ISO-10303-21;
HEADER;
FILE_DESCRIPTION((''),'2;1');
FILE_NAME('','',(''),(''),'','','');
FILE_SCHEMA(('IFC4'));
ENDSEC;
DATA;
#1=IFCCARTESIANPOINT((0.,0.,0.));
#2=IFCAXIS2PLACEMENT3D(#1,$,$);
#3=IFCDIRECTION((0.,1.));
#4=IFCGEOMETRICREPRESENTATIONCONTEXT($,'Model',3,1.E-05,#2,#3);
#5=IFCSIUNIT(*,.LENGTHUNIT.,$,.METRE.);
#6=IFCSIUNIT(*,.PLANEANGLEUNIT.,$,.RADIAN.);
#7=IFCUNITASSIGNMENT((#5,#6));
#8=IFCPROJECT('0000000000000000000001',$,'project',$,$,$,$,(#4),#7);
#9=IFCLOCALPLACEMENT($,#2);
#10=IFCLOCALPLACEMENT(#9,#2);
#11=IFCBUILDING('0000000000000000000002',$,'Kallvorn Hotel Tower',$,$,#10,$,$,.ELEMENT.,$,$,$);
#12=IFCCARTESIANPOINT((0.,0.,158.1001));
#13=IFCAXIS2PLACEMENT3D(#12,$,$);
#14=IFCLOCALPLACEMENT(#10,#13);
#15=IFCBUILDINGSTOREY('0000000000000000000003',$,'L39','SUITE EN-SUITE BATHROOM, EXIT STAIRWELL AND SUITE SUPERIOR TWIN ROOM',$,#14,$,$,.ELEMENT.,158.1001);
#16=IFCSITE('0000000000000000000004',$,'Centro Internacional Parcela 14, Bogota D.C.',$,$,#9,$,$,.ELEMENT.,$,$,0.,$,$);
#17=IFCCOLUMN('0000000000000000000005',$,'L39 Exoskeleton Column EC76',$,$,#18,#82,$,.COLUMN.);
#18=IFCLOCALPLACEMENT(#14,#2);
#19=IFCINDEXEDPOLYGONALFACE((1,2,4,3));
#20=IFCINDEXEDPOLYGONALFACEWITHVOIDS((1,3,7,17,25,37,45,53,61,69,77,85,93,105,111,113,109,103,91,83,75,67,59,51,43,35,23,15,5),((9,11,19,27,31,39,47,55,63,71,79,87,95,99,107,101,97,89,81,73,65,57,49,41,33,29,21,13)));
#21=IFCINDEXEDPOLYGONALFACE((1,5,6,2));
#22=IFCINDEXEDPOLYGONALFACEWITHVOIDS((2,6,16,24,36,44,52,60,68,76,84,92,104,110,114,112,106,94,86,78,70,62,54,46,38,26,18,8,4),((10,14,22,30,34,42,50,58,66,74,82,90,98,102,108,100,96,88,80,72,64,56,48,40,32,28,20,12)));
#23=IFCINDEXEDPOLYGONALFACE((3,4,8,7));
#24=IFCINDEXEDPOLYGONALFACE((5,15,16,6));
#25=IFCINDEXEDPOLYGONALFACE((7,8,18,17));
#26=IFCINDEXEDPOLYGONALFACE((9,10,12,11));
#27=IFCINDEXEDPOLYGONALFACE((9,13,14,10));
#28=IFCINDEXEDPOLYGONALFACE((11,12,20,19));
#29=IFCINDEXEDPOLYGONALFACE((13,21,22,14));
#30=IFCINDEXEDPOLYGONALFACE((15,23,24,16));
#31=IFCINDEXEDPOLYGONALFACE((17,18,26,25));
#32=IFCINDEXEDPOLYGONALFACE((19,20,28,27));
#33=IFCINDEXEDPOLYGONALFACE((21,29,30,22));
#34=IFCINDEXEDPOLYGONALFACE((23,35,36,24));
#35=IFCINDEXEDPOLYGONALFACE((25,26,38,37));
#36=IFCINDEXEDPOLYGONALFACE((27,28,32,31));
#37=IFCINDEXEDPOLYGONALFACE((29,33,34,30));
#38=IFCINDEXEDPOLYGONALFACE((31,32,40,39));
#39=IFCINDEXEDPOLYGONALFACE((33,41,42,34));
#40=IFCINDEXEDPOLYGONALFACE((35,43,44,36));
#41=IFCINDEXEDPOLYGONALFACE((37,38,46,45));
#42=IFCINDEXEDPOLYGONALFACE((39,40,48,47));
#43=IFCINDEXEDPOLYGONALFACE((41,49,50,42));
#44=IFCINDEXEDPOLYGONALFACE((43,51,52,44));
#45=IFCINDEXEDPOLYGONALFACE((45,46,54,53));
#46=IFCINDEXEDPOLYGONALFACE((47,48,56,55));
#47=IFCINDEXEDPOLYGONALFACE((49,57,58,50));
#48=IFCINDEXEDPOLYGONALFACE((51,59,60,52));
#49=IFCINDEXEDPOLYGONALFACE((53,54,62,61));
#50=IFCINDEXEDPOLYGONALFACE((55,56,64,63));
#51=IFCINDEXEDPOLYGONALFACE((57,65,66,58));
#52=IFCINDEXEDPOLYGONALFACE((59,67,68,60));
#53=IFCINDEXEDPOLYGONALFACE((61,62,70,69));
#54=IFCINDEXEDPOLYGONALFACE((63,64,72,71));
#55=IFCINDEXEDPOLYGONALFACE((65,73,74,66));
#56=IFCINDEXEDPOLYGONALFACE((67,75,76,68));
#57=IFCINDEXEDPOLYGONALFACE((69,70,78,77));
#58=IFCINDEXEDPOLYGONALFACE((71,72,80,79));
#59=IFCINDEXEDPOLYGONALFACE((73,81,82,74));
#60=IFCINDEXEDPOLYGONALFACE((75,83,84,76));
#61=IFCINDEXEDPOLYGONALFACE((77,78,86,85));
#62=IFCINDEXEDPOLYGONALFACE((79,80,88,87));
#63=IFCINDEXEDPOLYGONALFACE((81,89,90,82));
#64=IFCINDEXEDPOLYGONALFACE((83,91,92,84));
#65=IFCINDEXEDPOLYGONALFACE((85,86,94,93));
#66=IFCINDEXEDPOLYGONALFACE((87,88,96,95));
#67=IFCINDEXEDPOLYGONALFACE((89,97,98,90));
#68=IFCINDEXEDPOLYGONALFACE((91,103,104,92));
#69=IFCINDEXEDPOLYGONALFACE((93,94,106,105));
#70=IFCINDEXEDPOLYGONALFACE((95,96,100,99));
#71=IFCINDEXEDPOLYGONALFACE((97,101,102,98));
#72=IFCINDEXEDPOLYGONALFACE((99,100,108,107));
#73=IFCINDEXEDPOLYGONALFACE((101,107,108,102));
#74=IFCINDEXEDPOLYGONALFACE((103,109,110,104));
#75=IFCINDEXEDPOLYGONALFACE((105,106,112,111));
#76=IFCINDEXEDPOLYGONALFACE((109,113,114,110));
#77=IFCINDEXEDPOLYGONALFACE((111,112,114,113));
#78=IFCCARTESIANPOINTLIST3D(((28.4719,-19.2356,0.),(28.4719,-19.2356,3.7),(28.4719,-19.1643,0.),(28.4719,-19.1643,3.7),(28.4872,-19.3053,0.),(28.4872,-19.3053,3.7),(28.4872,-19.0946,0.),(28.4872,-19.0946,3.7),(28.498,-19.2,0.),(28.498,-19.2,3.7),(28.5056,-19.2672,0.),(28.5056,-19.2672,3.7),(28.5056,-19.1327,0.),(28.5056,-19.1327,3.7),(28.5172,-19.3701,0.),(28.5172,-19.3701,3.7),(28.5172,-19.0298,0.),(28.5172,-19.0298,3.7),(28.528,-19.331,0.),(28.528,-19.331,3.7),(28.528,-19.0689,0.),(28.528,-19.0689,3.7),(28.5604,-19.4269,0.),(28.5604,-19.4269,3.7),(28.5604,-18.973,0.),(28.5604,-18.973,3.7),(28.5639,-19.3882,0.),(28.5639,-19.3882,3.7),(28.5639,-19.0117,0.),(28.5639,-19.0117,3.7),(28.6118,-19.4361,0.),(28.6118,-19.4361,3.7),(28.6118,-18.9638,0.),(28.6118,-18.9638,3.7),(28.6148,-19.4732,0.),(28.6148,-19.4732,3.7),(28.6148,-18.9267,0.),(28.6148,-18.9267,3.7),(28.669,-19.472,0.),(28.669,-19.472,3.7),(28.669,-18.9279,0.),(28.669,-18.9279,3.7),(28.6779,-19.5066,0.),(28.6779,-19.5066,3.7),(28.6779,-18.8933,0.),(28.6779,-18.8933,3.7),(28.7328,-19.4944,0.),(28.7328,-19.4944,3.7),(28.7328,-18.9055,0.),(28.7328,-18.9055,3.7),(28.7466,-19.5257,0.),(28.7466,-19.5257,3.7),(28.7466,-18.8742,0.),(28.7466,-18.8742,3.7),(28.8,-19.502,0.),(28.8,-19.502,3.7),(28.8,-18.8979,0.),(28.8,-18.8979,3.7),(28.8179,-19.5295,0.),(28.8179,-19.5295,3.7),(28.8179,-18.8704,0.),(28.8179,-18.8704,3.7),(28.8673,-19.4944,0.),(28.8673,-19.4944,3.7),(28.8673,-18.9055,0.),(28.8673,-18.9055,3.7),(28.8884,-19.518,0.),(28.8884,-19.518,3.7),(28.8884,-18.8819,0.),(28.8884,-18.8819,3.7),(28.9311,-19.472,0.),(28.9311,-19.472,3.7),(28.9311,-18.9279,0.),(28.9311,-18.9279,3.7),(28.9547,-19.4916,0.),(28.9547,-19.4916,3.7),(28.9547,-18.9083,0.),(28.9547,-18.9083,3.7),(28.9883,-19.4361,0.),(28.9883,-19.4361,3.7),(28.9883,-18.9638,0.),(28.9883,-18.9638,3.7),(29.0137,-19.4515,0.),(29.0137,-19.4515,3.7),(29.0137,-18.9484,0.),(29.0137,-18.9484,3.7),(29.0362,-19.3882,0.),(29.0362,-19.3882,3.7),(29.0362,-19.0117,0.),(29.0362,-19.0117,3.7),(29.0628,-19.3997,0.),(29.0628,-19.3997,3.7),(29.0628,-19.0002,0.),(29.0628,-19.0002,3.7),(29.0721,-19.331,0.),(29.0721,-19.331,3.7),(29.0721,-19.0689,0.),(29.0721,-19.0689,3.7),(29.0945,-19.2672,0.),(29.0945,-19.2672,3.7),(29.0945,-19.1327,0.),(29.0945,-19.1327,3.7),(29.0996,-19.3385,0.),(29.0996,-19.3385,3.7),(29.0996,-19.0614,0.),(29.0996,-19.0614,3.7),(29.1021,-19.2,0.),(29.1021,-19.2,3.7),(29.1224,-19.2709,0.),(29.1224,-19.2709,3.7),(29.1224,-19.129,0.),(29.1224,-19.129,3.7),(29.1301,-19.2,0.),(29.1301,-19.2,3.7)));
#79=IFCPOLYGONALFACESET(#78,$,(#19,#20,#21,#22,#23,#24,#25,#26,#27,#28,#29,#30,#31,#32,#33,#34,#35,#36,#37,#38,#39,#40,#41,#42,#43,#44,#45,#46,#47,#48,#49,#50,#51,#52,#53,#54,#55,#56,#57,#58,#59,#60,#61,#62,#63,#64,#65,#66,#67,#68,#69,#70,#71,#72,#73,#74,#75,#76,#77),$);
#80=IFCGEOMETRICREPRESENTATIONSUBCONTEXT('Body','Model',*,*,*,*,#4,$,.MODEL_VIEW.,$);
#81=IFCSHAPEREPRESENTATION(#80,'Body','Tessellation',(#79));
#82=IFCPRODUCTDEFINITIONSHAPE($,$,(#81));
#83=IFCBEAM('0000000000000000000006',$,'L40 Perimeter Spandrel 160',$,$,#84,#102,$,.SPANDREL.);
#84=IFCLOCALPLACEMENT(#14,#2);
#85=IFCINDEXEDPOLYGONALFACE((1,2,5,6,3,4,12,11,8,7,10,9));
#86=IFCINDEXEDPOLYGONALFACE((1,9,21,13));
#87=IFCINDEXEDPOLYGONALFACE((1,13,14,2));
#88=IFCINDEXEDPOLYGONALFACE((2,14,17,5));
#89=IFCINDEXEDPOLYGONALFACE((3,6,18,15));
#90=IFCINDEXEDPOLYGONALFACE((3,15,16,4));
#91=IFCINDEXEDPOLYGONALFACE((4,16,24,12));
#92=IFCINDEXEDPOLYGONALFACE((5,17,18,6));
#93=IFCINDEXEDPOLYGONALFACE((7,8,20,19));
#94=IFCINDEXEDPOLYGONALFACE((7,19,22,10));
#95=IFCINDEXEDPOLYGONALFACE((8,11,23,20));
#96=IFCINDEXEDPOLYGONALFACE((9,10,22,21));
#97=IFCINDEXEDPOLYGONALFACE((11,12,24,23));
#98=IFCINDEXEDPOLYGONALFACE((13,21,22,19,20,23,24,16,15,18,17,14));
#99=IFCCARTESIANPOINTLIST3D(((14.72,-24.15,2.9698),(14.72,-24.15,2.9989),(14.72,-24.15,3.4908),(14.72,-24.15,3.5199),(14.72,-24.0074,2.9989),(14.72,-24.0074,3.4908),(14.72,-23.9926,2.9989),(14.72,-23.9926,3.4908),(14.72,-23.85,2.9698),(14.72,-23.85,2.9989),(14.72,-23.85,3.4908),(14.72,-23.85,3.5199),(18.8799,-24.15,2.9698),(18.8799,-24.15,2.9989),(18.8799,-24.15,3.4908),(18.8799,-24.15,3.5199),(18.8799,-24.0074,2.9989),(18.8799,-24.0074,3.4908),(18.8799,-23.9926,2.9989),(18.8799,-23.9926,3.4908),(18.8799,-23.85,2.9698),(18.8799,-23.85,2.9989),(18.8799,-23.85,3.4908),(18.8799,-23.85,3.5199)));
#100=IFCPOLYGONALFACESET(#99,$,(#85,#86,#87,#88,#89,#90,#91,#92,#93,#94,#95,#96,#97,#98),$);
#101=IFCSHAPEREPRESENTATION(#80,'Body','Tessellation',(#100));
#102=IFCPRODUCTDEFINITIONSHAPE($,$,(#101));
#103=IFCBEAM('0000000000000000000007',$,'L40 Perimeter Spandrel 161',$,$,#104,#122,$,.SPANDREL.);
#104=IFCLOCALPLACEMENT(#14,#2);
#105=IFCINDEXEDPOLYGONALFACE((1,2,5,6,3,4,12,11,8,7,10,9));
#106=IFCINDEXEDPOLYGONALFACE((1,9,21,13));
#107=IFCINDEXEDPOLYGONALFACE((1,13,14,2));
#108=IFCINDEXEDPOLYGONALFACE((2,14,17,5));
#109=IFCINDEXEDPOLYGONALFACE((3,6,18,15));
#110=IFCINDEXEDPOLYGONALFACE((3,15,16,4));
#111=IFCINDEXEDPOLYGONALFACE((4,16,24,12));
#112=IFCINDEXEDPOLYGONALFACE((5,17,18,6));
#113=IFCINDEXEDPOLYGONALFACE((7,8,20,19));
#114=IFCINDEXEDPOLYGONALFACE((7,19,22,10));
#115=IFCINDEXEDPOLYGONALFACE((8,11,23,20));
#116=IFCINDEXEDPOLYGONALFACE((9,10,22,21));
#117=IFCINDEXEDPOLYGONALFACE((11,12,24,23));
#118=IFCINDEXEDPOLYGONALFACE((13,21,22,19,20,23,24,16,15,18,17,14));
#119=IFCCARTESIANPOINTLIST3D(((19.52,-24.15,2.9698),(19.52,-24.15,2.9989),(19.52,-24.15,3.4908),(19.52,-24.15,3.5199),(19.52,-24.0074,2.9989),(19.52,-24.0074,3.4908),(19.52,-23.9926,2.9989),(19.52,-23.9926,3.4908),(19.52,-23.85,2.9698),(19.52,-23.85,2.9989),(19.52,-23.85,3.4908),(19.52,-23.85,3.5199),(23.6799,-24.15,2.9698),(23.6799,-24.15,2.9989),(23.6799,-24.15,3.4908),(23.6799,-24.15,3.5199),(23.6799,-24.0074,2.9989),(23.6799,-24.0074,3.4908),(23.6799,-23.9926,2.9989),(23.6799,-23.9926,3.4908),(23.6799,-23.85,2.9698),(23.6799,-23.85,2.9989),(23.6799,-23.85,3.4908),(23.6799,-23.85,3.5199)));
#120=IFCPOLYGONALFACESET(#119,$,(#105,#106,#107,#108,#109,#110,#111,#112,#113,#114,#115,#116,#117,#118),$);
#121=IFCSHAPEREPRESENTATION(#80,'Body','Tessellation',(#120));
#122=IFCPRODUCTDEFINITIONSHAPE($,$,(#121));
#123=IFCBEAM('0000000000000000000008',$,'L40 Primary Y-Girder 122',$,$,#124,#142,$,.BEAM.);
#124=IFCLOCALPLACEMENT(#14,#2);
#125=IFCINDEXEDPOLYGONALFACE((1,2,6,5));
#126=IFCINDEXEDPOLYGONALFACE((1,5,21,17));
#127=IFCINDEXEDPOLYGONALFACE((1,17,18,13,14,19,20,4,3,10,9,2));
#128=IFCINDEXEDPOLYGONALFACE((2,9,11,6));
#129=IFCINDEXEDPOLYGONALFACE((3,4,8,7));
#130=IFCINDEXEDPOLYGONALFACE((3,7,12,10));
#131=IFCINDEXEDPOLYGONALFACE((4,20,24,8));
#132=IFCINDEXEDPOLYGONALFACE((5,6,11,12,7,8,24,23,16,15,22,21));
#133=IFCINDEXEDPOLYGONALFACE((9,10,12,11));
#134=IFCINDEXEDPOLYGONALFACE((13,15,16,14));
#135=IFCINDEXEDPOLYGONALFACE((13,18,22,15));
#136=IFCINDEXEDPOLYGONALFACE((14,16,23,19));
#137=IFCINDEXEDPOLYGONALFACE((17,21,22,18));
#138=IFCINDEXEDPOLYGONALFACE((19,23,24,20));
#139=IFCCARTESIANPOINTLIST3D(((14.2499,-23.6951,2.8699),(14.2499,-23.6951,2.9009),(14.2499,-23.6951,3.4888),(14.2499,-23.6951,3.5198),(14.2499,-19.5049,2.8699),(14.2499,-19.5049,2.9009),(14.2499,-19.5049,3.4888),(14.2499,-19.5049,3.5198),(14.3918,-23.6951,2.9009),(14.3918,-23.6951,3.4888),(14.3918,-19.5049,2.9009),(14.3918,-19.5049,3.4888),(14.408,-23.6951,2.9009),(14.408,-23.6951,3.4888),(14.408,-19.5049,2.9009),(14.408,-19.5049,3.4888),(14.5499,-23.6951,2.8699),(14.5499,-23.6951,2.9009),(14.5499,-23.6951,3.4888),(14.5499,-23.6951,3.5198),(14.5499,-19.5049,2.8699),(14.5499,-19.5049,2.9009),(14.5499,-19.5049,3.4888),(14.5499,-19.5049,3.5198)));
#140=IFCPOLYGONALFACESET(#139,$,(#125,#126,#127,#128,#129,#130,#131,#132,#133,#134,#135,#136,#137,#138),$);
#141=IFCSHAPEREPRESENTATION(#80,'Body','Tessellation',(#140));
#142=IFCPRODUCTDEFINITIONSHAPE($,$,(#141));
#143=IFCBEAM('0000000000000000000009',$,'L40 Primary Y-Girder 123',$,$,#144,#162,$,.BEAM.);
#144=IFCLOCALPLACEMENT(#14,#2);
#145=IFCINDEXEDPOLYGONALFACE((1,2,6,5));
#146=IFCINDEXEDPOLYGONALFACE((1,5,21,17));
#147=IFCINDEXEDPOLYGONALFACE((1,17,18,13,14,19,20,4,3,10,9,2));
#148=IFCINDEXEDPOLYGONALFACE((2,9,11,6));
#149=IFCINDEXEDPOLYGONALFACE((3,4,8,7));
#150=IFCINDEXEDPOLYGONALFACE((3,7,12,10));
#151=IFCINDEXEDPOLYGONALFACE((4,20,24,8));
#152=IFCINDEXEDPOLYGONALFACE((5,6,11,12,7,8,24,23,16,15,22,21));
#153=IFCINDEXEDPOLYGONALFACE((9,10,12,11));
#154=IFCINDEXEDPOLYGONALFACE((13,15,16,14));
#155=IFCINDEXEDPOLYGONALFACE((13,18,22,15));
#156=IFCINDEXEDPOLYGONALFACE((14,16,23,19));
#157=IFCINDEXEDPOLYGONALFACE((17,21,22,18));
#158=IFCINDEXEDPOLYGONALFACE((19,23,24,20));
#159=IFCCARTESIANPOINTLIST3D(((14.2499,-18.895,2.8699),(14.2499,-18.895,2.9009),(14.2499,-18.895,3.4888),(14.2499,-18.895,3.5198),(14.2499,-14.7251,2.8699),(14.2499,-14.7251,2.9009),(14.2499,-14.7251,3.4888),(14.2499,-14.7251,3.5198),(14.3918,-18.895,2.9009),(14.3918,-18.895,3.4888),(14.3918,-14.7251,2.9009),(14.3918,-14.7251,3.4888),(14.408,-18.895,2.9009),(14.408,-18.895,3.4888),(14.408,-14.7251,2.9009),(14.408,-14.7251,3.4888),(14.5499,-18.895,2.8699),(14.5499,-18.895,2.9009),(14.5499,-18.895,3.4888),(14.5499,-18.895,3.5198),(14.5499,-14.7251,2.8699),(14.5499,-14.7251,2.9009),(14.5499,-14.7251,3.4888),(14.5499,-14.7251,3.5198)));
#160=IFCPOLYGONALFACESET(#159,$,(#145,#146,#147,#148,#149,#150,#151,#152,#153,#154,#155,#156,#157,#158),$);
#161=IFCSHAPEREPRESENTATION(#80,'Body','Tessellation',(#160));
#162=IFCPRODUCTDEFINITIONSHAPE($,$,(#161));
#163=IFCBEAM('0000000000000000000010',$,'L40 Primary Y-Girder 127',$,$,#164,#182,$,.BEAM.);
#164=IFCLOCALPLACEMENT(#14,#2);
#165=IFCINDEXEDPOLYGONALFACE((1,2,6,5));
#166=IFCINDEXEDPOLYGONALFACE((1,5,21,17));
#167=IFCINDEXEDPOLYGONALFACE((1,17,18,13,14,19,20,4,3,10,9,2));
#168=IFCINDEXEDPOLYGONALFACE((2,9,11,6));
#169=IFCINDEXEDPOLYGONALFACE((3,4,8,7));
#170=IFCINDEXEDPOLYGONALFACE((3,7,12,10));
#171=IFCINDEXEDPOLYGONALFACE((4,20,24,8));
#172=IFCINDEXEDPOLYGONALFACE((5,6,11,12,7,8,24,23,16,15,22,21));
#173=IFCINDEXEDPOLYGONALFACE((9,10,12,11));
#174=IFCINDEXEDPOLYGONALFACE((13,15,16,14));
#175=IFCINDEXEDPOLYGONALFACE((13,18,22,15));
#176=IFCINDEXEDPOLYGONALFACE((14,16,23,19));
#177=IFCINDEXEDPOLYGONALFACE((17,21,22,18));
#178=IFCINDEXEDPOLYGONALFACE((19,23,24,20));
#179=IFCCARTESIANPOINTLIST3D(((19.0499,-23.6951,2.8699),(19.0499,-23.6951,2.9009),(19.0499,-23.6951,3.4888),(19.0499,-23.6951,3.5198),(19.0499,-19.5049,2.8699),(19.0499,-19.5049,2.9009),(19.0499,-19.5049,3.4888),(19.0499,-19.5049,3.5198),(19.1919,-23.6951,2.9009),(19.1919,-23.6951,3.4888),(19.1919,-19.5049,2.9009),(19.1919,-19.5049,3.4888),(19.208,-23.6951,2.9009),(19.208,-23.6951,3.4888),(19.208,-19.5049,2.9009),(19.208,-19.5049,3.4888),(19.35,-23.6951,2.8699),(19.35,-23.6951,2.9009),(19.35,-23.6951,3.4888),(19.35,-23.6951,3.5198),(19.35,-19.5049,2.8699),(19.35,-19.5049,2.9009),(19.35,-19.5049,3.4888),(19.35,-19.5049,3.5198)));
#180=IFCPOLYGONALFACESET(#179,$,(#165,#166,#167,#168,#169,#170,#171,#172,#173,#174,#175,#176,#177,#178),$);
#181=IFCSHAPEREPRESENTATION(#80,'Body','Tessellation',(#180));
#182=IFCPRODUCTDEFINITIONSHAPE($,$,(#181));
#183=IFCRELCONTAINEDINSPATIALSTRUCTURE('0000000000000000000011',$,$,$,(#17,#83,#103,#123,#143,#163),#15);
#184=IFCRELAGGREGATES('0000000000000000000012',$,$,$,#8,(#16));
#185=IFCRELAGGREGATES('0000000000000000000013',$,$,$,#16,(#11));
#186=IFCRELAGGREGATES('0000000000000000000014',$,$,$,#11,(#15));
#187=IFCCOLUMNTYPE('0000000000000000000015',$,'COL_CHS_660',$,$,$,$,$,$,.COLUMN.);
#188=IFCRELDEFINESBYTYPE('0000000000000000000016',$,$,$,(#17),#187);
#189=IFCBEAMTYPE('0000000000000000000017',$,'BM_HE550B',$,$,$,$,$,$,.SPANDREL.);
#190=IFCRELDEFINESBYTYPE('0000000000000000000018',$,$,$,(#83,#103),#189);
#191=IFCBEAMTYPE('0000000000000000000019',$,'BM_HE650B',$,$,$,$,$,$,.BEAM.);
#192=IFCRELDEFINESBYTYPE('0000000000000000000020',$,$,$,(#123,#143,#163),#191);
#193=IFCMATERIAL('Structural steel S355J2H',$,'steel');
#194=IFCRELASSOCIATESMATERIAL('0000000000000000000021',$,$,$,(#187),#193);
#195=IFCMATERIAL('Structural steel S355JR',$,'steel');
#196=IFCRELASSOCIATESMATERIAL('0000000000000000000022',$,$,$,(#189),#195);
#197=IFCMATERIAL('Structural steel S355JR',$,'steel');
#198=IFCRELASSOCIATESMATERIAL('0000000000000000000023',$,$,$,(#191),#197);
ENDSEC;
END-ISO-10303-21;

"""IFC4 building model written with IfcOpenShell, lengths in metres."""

from ifc_helpers import new_model, si_unit, direction, frame, origin, origin_2d, place, context, subcontext, project, spatial, hollow_circle, i_section, extrude, material, material_profile, profile_set, type_object, element, save


model = new_model("IFC4")

# Units and contexts
model_context = context("Model", 3, precision=1e-05, world=origin(), true_north=direction((0.0, 1.0)))
body_context = subcontext(model_context, "Body", "Model", "MODEL_VIEW")
ifc_project = project(units=[si_unit("LENGTHUNIT", "METRE"), si_unit("PLANEANGLEUNIT", "RADIAN")], contexts=[model_context])

# Site, building, storey
site_placement = place(None, origin())
site = spatial("IfcSite", under=ifc_project, at=site_placement, Name="Centro Internacional Parcela 14, Bogota D.C.", CompositionType="ELEMENT", RefElevation=0.0)
building_placement = place(site_placement, origin())
building = spatial("IfcBuilding", under=site, at=building_placement, Name="Kallvorn Hotel Tower", CompositionType="ELEMENT")
storey_placement = place(building_placement, frame((0.0, 0.0, 158.1001)))
storey = spatial("IfcBuildingStorey", under=building, at=storey_placement, Name="L39", Description="SUITE EN-SUITE BATHROOM, EXIT STAIRWELL AND SUITE SUPERIOR TWIN ROOM", CompositionType="ELEMENT", Elevation=158.1001)

# Column
ifc_material_1 = material(Name="Structural steel S355J2H", Category="steel")
ifc_material_profile_1 = material_profile(ifc_material_1, hollow_circle(Radius=0.3301, WallThickness=0.0281, at=origin_2d()), Name="CHS 660x28")
ifc_profile_set_1 = profile_set([ifc_material_profile_1], Name="Structural steel S355J2H")
column_type = type_object("IfcColumnType", Name="COL_CHS_660", PredefinedType="COLUMN", material=ifc_profile_set_1)
for number, where, z_axis, x_axis, name in (
    (1, (28.8, -19.2, 0.0), (0.0, 0.0, 1.0), (1.0, 0.0, 0.0), "L39 Exoskeleton Column EC76"),
):
    element("IfcColumn", number, at=place(storey_placement, frame(where, z_axis=z_axis, x_axis=x_axis)), inside=storey, type_object=column_type, Name=name, PredefinedType="COLUMN", context=body_context, shape_type="SweptSolid", body=[
        extrude(hollow_circle(Radius=0.3301, WallThickness=0.0281, at=origin_2d()), origin(), (0.0, 0.0, 1.0), 3.7),
    ])

# Beams
ifc_material_2 = material(Name="Structural steel S355JR", Category="steel")
ifc_material_profile_2 = material_profile(ifc_material_2, i_section(OverallWidth=0.3, OverallDepth=0.55, WebThickness=0.0149, FlangeThickness=0.0291, at=origin_2d()), Name="HE 550 B")
ifc_profile_set_2 = profile_set([ifc_material_profile_2], Name="Structural steel S355JR")
beam_type_1 = type_object("IfcBeamType", Name="BM_HE550B", PredefinedType="SPANDREL", material=ifc_profile_set_2)
for number, where, z_axis, x_axis, name in (
    (2, (14.72, -24.0, 3.2449), (1.0, 0.0, 0.0), (0.0, 1.0, 0.0), "L40 Perimeter Spandrel 160"),
    (3, (19.52, -24.0, 3.2449), (1.0, 0.0, 0.0), (0.0, 1.0, 0.0), "L40 Perimeter Spandrel 161"),
):
    element("IfcBeam", number, at=place(storey_placement, frame(where, z_axis=z_axis, x_axis=x_axis)), inside=storey, type_object=beam_type_1, Name=name, PredefinedType="SPANDREL", context=body_context, shape_type="SweptSolid", body=[
        extrude(i_section(OverallWidth=0.3, OverallDepth=0.55, WebThickness=0.0149, FlangeThickness=0.0291, at=origin_2d()), origin(), (0.0, 0.0, 1.0), 4.1599),
    ])
ifc_material_3 = material(Name="Structural steel S355JR", Category="steel")
ifc_material_profile_3 = material_profile(ifc_material_3, i_section(OverallWidth=0.3, OverallDepth=0.6499, WebThickness=0.0161, FlangeThickness=0.031, at=origin_2d()), Name="HE 650 B")
ifc_profile_set_3 = profile_set([ifc_material_profile_3], Name="Structural steel S355JR")
beam_type_2 = type_object("IfcBeamType", Name="BM_HE650B", PredefinedType="BEAM", material=ifc_profile_set_3)
beam_1_placement = place(storey_placement, frame((14.3999, -23.6951, 3.1948), z_axis=(0.0, 1.0, 0.0), x_axis=(-1.0, 0.0, 0.0)))
element("IfcBeam", 4, at=beam_1_placement, inside=storey, type_object=beam_type_2, Name="L40 Primary Y-Girder 122", PredefinedType="BEAM", context=body_context, shape_type="SweptSolid", body=[
    extrude(i_section(OverallWidth=0.3, OverallDepth=0.6499, WebThickness=0.0161, FlangeThickness=0.031, at=origin_2d()), origin(), (0.0, 0.0, 1.0), 4.1902),
])
beam_2_placement = place(storey_placement, frame((14.3999, -18.895, 3.1948), z_axis=(0.0, 1.0, 0.0), x_axis=(-1.0, 0.0, 0.0)))
element("IfcBeam", 5, at=beam_2_placement, inside=storey, type_object=beam_type_2, Name="L40 Primary Y-Girder 123", PredefinedType="BEAM", context=body_context, shape_type="SweptSolid", body=[
    extrude(i_section(OverallWidth=0.3, OverallDepth=0.6499, WebThickness=0.0161, FlangeThickness=0.031, at=origin_2d()), origin(), (0.0, 0.0, 1.0), 4.1699),
])
beam_3_placement = place(storey_placement, frame((19.2, -23.6951, 3.1948), z_axis=(0.0, 1.0, 0.0), x_axis=(-1.0, 0.0, 0.0)))
element("IfcBeam", 6, at=beam_3_placement, inside=storey, type_object=beam_type_2, Name="L40 Primary Y-Girder 127", PredefinedType="BEAM", context=body_context, shape_type="SweptSolid", body=[
    extrude(i_section(OverallWidth=0.3, OverallDepth=0.6499, WebThickness=0.0161, FlangeThickness=0.031, at=origin_2d()), origin(), (0.0, 0.0, 1.0), 4.1902),
])

save(model, "model.ifc")
